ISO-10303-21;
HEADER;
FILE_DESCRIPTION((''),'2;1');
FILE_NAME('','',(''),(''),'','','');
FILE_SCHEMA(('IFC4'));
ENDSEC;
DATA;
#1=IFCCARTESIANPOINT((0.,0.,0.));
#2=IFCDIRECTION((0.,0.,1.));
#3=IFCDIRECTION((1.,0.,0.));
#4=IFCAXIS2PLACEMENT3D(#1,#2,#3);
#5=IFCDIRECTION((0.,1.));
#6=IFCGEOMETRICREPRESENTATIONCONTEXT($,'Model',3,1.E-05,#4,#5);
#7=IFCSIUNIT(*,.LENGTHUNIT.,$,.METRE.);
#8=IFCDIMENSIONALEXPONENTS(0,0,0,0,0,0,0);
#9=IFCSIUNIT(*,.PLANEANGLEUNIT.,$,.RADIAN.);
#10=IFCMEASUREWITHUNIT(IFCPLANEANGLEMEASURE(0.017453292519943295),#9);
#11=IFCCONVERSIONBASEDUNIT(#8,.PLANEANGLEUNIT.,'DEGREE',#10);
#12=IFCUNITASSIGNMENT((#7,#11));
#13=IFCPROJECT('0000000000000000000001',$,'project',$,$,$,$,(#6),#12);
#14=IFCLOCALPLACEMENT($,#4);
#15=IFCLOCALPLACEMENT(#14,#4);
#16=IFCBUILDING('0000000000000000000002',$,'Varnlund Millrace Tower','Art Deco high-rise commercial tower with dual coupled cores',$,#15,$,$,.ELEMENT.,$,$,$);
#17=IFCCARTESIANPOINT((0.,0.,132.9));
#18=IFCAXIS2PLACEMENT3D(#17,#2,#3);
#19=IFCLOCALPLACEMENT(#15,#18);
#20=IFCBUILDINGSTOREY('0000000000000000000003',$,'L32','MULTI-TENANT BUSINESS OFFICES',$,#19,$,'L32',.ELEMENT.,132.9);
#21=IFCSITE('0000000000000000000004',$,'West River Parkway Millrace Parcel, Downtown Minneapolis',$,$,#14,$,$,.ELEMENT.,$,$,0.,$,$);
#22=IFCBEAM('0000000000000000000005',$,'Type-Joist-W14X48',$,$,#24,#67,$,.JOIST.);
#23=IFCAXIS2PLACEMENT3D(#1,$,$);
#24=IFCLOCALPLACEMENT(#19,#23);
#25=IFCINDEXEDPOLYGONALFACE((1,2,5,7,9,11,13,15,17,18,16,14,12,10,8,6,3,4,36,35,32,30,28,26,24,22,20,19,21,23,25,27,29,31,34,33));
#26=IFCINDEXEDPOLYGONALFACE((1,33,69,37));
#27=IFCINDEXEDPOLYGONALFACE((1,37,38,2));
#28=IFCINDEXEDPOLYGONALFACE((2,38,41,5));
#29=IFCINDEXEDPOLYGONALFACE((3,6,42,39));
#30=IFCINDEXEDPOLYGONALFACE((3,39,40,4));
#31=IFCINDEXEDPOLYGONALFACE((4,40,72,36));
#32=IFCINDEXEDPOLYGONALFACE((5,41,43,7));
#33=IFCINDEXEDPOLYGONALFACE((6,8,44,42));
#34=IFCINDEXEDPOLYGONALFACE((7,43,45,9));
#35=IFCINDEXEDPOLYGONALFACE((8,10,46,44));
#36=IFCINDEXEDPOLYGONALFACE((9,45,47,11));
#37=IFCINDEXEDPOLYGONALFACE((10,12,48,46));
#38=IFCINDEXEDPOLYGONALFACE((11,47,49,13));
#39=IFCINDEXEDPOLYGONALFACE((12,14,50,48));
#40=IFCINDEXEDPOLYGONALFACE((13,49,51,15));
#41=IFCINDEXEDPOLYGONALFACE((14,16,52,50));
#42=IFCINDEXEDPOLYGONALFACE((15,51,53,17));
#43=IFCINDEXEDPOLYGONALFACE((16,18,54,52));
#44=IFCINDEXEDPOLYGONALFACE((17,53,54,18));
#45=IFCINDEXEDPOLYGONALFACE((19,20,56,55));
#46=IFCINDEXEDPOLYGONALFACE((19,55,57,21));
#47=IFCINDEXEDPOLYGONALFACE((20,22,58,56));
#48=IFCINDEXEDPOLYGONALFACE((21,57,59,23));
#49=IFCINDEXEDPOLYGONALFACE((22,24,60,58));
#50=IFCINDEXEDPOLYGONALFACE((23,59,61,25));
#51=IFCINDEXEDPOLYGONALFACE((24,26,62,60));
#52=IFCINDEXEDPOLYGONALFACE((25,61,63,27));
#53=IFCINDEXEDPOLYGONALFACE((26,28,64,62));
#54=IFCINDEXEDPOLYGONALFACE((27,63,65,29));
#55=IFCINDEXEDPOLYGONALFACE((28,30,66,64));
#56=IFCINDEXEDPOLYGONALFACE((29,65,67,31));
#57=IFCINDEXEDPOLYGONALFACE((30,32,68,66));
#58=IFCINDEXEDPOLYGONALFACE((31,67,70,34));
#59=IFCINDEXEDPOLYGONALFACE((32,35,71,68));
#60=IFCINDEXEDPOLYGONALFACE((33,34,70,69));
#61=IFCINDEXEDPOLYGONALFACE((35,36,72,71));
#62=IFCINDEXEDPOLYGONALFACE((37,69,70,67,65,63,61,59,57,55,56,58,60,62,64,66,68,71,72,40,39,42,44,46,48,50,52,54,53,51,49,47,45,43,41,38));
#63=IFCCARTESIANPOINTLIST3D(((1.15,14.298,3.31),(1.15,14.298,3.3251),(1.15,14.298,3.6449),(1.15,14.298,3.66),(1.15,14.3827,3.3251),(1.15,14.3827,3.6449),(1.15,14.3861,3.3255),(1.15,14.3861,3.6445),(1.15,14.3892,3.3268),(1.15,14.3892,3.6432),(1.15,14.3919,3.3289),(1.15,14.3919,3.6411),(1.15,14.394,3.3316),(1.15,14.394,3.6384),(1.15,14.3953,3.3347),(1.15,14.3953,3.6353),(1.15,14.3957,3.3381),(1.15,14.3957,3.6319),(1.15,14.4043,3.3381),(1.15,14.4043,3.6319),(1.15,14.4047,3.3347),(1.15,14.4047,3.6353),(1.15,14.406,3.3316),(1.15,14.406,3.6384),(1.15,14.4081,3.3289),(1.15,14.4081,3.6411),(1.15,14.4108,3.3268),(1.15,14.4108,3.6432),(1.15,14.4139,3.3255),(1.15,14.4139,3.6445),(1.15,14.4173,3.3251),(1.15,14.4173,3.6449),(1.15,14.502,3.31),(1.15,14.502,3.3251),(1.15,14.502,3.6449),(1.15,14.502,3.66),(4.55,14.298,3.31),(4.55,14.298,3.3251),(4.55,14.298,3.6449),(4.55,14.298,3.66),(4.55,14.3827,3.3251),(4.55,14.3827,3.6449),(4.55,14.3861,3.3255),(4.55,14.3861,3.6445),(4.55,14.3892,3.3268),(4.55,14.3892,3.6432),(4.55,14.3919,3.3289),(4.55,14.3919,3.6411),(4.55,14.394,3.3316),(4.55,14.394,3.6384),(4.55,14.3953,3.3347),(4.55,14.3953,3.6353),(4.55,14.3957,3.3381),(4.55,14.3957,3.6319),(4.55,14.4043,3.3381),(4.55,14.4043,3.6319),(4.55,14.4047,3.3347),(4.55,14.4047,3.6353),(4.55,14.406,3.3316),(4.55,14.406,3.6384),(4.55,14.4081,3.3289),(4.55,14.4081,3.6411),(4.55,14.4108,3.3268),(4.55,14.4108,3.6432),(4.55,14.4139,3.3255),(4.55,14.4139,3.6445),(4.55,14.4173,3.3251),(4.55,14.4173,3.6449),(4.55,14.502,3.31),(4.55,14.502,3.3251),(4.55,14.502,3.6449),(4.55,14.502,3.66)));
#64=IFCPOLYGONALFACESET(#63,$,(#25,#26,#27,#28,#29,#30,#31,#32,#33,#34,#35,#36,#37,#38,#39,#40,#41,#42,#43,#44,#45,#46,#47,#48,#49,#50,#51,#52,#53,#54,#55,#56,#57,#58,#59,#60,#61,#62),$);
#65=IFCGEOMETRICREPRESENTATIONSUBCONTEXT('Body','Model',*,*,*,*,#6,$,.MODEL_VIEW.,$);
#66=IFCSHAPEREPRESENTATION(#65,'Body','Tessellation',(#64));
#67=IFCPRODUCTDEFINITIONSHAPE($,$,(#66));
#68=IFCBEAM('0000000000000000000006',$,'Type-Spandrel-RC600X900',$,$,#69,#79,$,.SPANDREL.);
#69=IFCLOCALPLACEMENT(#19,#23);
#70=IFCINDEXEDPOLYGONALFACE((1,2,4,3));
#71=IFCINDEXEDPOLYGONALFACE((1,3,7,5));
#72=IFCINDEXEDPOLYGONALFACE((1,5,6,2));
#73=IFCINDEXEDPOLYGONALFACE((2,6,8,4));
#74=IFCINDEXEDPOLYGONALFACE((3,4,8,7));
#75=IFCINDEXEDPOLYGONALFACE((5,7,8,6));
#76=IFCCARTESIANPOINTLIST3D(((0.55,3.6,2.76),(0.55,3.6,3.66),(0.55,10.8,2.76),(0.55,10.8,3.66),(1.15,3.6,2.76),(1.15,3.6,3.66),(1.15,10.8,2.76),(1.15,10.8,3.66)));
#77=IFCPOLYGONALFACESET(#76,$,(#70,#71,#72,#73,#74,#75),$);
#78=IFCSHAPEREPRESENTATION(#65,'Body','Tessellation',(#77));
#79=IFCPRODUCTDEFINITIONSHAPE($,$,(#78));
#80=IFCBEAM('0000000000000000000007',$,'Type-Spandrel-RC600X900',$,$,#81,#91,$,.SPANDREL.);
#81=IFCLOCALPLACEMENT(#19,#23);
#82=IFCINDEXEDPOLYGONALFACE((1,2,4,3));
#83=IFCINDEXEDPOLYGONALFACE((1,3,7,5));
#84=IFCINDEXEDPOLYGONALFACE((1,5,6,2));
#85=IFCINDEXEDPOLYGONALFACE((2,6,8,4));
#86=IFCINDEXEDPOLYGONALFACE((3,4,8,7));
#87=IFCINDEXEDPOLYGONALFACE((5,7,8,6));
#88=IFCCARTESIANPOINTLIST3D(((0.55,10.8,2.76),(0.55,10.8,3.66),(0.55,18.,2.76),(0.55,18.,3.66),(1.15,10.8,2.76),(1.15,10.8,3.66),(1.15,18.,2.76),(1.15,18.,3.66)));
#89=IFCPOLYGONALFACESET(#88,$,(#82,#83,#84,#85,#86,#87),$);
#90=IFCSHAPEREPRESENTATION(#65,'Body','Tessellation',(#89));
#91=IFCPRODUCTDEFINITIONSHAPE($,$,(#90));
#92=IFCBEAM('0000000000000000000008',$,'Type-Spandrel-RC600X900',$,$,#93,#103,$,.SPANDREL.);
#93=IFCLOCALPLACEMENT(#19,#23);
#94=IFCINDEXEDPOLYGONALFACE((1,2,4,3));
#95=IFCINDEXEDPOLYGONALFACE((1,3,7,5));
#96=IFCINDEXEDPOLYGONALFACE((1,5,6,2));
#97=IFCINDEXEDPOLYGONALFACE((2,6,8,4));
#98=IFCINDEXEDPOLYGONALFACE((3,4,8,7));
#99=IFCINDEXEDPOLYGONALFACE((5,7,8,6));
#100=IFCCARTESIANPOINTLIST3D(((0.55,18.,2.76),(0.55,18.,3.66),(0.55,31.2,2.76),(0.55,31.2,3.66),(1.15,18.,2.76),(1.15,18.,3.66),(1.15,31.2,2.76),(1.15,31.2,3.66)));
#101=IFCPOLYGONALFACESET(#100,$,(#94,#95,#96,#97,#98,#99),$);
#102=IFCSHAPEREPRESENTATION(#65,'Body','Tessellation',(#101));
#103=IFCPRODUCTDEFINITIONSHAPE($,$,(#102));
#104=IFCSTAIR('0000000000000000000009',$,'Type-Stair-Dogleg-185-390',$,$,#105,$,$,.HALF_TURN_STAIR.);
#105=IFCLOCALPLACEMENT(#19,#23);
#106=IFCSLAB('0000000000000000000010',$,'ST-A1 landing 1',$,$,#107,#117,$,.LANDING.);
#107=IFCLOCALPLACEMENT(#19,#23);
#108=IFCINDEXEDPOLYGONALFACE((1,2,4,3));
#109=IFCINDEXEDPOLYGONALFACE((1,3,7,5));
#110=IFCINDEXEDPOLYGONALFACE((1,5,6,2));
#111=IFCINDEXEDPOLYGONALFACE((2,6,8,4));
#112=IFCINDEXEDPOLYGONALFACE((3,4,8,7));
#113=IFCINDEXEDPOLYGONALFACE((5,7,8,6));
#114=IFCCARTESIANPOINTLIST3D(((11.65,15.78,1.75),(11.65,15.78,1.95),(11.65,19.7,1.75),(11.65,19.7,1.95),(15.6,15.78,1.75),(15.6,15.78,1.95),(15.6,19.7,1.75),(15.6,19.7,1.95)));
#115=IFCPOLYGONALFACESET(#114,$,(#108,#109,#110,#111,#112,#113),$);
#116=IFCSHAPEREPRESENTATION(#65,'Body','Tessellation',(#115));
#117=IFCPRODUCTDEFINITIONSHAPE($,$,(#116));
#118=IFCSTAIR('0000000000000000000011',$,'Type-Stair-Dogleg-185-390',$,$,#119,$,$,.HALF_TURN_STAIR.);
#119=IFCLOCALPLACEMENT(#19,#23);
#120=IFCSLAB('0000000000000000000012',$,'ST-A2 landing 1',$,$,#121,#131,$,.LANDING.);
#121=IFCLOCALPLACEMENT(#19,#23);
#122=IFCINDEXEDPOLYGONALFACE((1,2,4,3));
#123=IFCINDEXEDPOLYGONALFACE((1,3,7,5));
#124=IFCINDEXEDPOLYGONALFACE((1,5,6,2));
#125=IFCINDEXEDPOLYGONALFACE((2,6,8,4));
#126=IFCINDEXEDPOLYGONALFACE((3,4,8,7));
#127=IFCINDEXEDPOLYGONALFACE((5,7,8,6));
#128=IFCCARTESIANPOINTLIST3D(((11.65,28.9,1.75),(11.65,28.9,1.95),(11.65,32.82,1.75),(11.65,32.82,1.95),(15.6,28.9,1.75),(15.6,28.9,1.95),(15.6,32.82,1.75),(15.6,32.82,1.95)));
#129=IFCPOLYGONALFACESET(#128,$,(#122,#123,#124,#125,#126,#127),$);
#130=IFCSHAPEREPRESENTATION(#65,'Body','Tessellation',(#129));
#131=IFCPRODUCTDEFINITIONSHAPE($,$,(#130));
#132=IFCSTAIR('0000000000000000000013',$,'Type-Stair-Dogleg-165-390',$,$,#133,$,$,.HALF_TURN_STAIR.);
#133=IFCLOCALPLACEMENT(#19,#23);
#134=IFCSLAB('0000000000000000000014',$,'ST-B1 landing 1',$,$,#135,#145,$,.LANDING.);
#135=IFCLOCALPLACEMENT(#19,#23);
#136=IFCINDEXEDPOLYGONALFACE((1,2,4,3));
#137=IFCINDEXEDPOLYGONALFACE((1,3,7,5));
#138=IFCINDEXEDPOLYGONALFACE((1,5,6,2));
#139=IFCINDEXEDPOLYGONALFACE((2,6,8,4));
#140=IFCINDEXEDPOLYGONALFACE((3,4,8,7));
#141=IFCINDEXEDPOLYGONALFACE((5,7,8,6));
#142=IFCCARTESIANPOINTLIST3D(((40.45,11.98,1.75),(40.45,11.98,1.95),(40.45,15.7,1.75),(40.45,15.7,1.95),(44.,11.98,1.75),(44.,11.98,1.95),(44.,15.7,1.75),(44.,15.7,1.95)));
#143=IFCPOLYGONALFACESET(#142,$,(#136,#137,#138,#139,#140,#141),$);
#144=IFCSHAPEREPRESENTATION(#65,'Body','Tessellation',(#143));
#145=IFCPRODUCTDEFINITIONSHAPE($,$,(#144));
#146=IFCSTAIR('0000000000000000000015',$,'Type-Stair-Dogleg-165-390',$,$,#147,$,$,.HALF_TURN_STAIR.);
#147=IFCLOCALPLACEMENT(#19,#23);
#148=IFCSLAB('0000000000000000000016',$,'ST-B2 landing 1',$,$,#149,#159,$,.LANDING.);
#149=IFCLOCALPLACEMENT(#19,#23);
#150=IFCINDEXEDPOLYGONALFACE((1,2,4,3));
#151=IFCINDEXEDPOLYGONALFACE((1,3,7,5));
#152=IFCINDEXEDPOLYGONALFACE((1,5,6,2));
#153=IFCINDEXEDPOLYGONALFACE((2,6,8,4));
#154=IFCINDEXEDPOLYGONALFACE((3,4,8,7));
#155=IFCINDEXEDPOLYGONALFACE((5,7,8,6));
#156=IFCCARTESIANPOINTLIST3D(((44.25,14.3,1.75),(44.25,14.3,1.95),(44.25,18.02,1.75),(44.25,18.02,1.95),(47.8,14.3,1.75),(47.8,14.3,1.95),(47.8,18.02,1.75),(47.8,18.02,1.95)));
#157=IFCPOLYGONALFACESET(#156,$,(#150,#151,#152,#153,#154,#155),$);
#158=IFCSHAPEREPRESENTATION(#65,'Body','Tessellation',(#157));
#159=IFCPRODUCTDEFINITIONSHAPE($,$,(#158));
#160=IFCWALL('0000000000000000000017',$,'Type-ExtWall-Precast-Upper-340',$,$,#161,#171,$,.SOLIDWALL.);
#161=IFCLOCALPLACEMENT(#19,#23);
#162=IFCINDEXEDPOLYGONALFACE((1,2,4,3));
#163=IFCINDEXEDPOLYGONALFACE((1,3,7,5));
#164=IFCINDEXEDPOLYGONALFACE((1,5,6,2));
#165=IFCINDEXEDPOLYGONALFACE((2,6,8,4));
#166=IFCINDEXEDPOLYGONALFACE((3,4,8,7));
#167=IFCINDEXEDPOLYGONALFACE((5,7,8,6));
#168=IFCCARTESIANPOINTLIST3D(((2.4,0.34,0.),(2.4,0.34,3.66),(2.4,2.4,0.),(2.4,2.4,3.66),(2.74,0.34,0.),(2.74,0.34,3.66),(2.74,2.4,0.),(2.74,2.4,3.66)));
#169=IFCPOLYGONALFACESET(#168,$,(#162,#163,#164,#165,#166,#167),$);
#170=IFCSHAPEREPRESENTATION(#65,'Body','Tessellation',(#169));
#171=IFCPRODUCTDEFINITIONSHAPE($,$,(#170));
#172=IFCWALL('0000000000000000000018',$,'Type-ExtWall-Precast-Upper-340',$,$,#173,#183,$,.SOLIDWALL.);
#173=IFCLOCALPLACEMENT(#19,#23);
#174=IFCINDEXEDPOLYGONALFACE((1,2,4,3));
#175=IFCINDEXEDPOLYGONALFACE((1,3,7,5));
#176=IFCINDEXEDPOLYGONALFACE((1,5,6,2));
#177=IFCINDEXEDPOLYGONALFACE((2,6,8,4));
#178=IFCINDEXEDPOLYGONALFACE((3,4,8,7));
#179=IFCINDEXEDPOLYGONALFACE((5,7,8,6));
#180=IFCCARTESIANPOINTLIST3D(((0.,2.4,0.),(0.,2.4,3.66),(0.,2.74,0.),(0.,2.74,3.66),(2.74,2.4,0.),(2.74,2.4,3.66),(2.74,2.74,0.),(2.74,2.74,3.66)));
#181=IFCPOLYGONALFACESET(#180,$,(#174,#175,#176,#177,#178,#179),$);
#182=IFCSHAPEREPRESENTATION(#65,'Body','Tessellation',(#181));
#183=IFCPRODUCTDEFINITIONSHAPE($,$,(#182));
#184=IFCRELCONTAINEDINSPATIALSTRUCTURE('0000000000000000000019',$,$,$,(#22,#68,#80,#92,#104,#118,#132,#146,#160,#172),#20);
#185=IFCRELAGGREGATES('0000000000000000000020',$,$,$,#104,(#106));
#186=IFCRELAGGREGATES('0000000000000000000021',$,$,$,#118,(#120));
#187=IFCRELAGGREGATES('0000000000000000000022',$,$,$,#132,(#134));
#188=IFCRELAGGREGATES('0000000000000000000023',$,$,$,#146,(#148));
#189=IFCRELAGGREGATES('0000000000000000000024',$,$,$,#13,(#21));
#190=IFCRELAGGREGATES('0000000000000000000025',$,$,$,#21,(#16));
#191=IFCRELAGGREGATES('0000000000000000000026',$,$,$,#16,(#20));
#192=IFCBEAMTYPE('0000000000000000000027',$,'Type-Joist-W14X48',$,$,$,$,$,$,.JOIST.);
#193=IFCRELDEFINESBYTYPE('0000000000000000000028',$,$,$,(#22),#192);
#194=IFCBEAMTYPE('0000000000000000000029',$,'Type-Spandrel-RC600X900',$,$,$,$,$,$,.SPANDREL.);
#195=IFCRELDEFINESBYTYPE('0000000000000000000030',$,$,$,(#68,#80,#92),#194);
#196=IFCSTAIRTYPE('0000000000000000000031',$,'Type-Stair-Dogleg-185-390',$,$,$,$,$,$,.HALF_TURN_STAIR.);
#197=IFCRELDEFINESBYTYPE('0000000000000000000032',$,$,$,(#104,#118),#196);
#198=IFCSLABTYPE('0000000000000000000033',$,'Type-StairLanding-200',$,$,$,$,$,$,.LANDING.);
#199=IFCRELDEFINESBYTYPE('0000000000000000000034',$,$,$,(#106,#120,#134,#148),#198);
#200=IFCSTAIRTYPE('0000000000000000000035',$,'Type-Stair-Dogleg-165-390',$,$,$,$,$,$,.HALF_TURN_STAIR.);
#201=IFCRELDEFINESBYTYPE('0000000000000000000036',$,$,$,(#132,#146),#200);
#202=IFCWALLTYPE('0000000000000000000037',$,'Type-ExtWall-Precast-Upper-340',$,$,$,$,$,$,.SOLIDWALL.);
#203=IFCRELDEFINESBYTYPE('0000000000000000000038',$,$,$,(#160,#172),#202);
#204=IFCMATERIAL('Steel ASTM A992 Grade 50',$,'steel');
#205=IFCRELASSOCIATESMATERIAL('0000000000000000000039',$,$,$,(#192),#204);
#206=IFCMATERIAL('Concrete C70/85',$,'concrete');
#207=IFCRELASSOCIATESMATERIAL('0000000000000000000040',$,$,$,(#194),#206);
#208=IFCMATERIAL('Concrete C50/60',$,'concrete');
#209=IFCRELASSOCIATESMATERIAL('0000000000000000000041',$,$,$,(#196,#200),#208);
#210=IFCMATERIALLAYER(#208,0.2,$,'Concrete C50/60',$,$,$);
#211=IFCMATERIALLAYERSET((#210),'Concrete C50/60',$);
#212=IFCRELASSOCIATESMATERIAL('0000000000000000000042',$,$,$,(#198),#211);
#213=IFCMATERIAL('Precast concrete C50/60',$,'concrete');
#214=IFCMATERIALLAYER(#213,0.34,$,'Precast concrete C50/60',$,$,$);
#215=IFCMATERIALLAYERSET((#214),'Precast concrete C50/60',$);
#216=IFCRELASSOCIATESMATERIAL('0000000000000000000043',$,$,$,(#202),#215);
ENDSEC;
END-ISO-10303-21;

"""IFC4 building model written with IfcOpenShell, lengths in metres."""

from ifc_helpers import new_model, entity, si_unit, converted_unit, direction, frame, origin_with_axes, origin_2d_with_axis, place, context, subcontext, project, spatial, polyline, rectangle, i_section, outline, extrude, material, layer, layer_set, material_profile, profile_set, type_object, element, aggregate, save


model = new_model("IFC4")

# Units and contexts
model_context = context("Model", 3, precision=1e-05, world=origin_with_axes(), true_north=direction((0.0, 1.0)))
body_context = subcontext(model_context, "Body", "Model", "MODEL_VIEW")
ifc_project = project(units=[si_unit("LENGTHUNIT", "METRE"), converted_unit("PLANEANGLEUNIT", "DEGREE", entity("IfcPlaneAngleMeasure", 0.017453292519943295), si_unit("PLANEANGLEUNIT", "RADIAN"), dimensions=[0, 0, 0, 0, 0, 0, 0])], contexts=[model_context])

# Site, building, storey
site_placement = place(None, origin_with_axes())
site = spatial("IfcSite", under=ifc_project, at=site_placement, Name="West River Parkway Millrace Parcel, Downtown Minneapolis", CompositionType="ELEMENT", RefElevation=0.0)
building_placement = place(site_placement, origin_with_axes())
building = spatial("IfcBuilding", under=site, at=building_placement, Name="Varnlund Millrace Tower", Description="Art Deco high-rise commercial tower with dual coupled cores", CompositionType="ELEMENT")
storey_placement = place(building_placement, frame((0.0, 0.0, 132.9), z_axis=(0.0, 0.0, 1.0), x_axis=(1.0, 0.0, 0.0)))
storey = spatial("IfcBuildingStorey", under=building, at=storey_placement, Name="L32", Description="MULTI-TENANT BUSINESS OFFICES", LongName="L32", CompositionType="ELEMENT", Elevation=132.9)

# Beams
ifc_material_1 = material(Name="Steel ASTM A992 Grade 50", Category="steel")
ifc_material_profile_1 = material_profile(ifc_material_1, i_section(OverallWidth=0.204, OverallDepth=0.35, WebThickness=0.0086, FlangeThickness=0.0151, FilletRadius=0.013, at=origin_2d_with_axis()), Name="Steel ASTM A992 Grade 50")
ifc_profile_set_1 = profile_set([ifc_material_profile_1], Name="Steel ASTM A992 Grade 50")
beam_type_1 = type_object("IfcBeamType", Name="Type-Joist-W14X48", PredefinedType="JOIST", material=ifc_profile_set_1)
for number, where, z_axis, x_axis, name in (
    (1, (1.15, 14.4, 3.485), (1.0, 0.0, 0.0), (0.0, 1.0, 0.0), "Type-Joist-W14X48"),
):
    element("IfcBeam", number, at=place(storey_placement, frame(where, z_axis=z_axis, x_axis=x_axis)), inside=storey, type_object=beam_type_1, Name=name, PredefinedType="JOIST", context=body_context, shape_type="SweptSolid", body=[
        extrude(i_section(OverallWidth=0.204, OverallDepth=0.35, WebThickness=0.0086, FlangeThickness=0.0151, FilletRadius=0.013, at=origin_2d_with_axis()), origin_with_axes(), (0.0, 0.0, 1.0), 3.4),
    ])
ifc_material_2 = material(Name="Concrete C70/85", Category="concrete")
ifc_material_profile_2 = material_profile(ifc_material_2, rectangle(XDim=0.6, YDim=0.9, at=origin_2d_with_axis()), Name="Concrete C70/85")
ifc_profile_set_2 = profile_set([ifc_material_profile_2], Name="Concrete C70/85")
beam_type_2 = type_object("IfcBeamType", Name="Type-Spandrel-RC600X900", PredefinedType="SPANDREL", material=ifc_profile_set_2)
for number, where, z_axis, x_axis, name in (
    (2, (0.85, 3.6, 3.21), (0.0, 1.0, 0.0), (-1.0, 0.0, 0.0), "Type-Spandrel-RC600X900"),
    (3, (0.85, 10.8, 3.21), (0.0, 1.0, 0.0), (-1.0, 0.0, 0.0), "Type-Spandrel-RC600X900"),
):
    element("IfcBeam", number, at=place(storey_placement, frame(where, z_axis=z_axis, x_axis=x_axis)), inside=storey, type_object=beam_type_2, Name=name, PredefinedType="SPANDREL", context=body_context, shape_type="SweptSolid", body=[
        extrude(rectangle(XDim=0.6, YDim=0.9, at=origin_2d_with_axis()), origin_with_axes(), (0.0, 0.0, 1.0), 7.2),
    ])
beam_1_placement = place(storey_placement, frame((0.85, 18.0, 3.21), z_axis=(0.0, 1.0, 0.0), x_axis=(-1.0, 0.0, 0.0)))
element("IfcBeam", 4, at=beam_1_placement, inside=storey, type_object=beam_type_2, Name="Type-Spandrel-RC600X900", PredefinedType="SPANDREL", context=body_context, shape_type="SweptSolid", body=[
    extrude(rectangle(XDim=0.6, YDim=0.9, at=origin_2d_with_axis()), origin_with_axes(), (0.0, 0.0, 1.0), 13.2),
])

# Stairs, slabs
ifc_material_3 = material(Name="Concrete C50/60", Category="concrete")
stair_type_1 = type_object("IfcStairType", Name="Type-Stair-Dogleg-185-390", PredefinedType="HALF_TURN_STAIR", material=ifc_material_3)
stair_1_placement = place(storey_placement, origin_with_axes())
stair_1 = element("IfcStair", 5, at=stair_1_placement, inside=storey, type_object=stair_type_1, Name="Type-Stair-Dogleg-185-390", PredefinedType="HALF_TURN_STAIR")
ifc_layer_1 = layer(ifc_material_3, 0.2, Name="Concrete C50/60")
ifc_layer_set_1 = layer_set([ifc_layer_1], Name="Concrete C50/60")
slab_type = type_object("IfcSlabType", Name="Type-StairLanding-200", PredefinedType="LANDING", material=ifc_layer_set_1)
slab_1_placement = place(storey_placement, frame((0.0, 0.0, 1.75), z_axis=(0.0, 0.0, 1.0), x_axis=(1.0, 0.0, 0.0)))
slab_1 = element("IfcSlab", 6, at=slab_1_placement, type_object=slab_type, Name="ST-A1 landing 1", PredefinedType="LANDING", context=body_context, shape_type="SweptSolid", body=[
    extrude(outline(polyline([(15.6, 15.78), (15.6, 19.7), (11.65, 19.7), (11.65, 15.78), (15.6, 15.78)])), origin_with_axes(), (0.0, 0.0, 1.0), 0.2),
])
aggregate(stair_1, [slab_1])
stair_2_placement = place(storey_placement, origin_with_axes())
stair_2 = element("IfcStair", 7, at=stair_2_placement, inside=storey, type_object=stair_type_1, Name="Type-Stair-Dogleg-185-390", PredefinedType="HALF_TURN_STAIR")
slab_2_placement = place(storey_placement, frame((0.0, 0.0, 1.75), z_axis=(0.0, 0.0, 1.0), x_axis=(1.0, 0.0, 0.0)))
slab_2 = element("IfcSlab", 8, at=slab_2_placement, type_object=slab_type, Name="ST-A2 landing 1", PredefinedType="LANDING", context=body_context, shape_type="SweptSolid", body=[
    extrude(outline(polyline([(11.65, 32.82), (11.65, 28.9), (15.6, 28.9), (15.6, 32.82), (11.65, 32.82)])), origin_with_axes(), (0.0, 0.0, 1.0), 0.2),
])
aggregate(stair_2, [slab_2])
stair_type_2 = type_object("IfcStairType", Name="Type-Stair-Dogleg-165-390", PredefinedType="HALF_TURN_STAIR", material=ifc_material_3)
stair_3_placement = place(storey_placement, origin_with_axes())
stair_3 = element("IfcStair", 9, at=stair_3_placement, inside=storey, type_object=stair_type_2, Name="Type-Stair-Dogleg-165-390", PredefinedType="HALF_TURN_STAIR")
slab_3_placement = place(storey_placement, frame((0.0, 0.0, 1.75), z_axis=(0.0, 0.0, 1.0), x_axis=(1.0, 0.0, 0.0)))
slab_3 = element("IfcSlab", 10, at=slab_3_placement, type_object=slab_type, Name="ST-B1 landing 1", PredefinedType="LANDING", context=body_context, shape_type="SweptSolid", body=[
    extrude(outline(polyline([(44.0, 11.98), (44.0, 15.7), (40.45, 15.7), (40.45, 11.98), (44.0, 11.98)])), origin_with_axes(), (0.0, 0.0, 1.0), 0.2),
])
aggregate(stair_3, [slab_3])
stair_4_placement = place(storey_placement, origin_with_axes())
stair_4 = element("IfcStair", 11, at=stair_4_placement, inside=storey, type_object=stair_type_2, Name="Type-Stair-Dogleg-165-390", PredefinedType="HALF_TURN_STAIR")
slab_4_placement = place(storey_placement, frame((0.0, 0.0, 1.75), z_axis=(0.0, 0.0, 1.0), x_axis=(1.0, 0.0, 0.0)))
slab_4 = element("IfcSlab", 12, at=slab_4_placement, type_object=slab_type, Name="ST-B2 landing 1", PredefinedType="LANDING", context=body_context, shape_type="SweptSolid", body=[
    extrude(outline(polyline([(44.25, 18.02), (44.25, 14.3), (47.8, 14.3), (47.8, 18.02), (44.25, 18.02)])), origin_with_axes(), (0.0, 0.0, 1.0), 0.2),
])
aggregate(stair_4, [slab_4])

# Walls
ifc_material_4 = material(Name="Precast concrete C50/60", Category="concrete")
ifc_layer_2 = layer(ifc_material_4, 0.34, Name="Precast concrete C50/60")
ifc_layer_set_2 = layer_set([ifc_layer_2], Name="Precast concrete C50/60")
wall_type = type_object("IfcWallType", Name="Type-ExtWall-Precast-Upper-340", PredefinedType="SOLIDWALL", material=ifc_layer_set_2)
wall_1_placement = place(storey_placement, frame((2.57, 0.34, 0.0), z_axis=(0.0, 0.0, 1.0), x_axis=(0.0, 1.0, 0.0)))
element("IfcWall", 13, at=wall_1_placement, inside=storey, type_object=wall_type, Name="Type-ExtWall-Precast-Upper-340", PredefinedType="SOLIDWALL", context=body_context, shape_type="SweptSolid", body=[
    extrude(outline(polyline([(0.0, -0.17), (2.06, -0.17), (2.06, 0.17), (0.0, 0.17), (0.0, -0.17)])), origin_with_axes(), (0.0, 0.0, 1.0), 3.66),
])
wall_2_placement = place(storey_placement, frame((2.74, 2.57, 0.0), z_axis=(0.0, 0.0, 1.0), x_axis=(-1.0, 0.0, 0.0)))
element("IfcWall", 14, at=wall_2_placement, inside=storey, type_object=wall_type, Name="Type-ExtWall-Precast-Upper-340", PredefinedType="SOLIDWALL", context=body_context, shape_type="SweptSolid", body=[
    extrude(outline(polyline([(0.0, -0.17), (2.74, -0.17), (2.74, 0.17), (0.0, 0.17), (0.0, -0.17)])), origin_with_axes(), (0.0, 0.0, 1.0), 3.66),
])

save(model, "model.ifc")
